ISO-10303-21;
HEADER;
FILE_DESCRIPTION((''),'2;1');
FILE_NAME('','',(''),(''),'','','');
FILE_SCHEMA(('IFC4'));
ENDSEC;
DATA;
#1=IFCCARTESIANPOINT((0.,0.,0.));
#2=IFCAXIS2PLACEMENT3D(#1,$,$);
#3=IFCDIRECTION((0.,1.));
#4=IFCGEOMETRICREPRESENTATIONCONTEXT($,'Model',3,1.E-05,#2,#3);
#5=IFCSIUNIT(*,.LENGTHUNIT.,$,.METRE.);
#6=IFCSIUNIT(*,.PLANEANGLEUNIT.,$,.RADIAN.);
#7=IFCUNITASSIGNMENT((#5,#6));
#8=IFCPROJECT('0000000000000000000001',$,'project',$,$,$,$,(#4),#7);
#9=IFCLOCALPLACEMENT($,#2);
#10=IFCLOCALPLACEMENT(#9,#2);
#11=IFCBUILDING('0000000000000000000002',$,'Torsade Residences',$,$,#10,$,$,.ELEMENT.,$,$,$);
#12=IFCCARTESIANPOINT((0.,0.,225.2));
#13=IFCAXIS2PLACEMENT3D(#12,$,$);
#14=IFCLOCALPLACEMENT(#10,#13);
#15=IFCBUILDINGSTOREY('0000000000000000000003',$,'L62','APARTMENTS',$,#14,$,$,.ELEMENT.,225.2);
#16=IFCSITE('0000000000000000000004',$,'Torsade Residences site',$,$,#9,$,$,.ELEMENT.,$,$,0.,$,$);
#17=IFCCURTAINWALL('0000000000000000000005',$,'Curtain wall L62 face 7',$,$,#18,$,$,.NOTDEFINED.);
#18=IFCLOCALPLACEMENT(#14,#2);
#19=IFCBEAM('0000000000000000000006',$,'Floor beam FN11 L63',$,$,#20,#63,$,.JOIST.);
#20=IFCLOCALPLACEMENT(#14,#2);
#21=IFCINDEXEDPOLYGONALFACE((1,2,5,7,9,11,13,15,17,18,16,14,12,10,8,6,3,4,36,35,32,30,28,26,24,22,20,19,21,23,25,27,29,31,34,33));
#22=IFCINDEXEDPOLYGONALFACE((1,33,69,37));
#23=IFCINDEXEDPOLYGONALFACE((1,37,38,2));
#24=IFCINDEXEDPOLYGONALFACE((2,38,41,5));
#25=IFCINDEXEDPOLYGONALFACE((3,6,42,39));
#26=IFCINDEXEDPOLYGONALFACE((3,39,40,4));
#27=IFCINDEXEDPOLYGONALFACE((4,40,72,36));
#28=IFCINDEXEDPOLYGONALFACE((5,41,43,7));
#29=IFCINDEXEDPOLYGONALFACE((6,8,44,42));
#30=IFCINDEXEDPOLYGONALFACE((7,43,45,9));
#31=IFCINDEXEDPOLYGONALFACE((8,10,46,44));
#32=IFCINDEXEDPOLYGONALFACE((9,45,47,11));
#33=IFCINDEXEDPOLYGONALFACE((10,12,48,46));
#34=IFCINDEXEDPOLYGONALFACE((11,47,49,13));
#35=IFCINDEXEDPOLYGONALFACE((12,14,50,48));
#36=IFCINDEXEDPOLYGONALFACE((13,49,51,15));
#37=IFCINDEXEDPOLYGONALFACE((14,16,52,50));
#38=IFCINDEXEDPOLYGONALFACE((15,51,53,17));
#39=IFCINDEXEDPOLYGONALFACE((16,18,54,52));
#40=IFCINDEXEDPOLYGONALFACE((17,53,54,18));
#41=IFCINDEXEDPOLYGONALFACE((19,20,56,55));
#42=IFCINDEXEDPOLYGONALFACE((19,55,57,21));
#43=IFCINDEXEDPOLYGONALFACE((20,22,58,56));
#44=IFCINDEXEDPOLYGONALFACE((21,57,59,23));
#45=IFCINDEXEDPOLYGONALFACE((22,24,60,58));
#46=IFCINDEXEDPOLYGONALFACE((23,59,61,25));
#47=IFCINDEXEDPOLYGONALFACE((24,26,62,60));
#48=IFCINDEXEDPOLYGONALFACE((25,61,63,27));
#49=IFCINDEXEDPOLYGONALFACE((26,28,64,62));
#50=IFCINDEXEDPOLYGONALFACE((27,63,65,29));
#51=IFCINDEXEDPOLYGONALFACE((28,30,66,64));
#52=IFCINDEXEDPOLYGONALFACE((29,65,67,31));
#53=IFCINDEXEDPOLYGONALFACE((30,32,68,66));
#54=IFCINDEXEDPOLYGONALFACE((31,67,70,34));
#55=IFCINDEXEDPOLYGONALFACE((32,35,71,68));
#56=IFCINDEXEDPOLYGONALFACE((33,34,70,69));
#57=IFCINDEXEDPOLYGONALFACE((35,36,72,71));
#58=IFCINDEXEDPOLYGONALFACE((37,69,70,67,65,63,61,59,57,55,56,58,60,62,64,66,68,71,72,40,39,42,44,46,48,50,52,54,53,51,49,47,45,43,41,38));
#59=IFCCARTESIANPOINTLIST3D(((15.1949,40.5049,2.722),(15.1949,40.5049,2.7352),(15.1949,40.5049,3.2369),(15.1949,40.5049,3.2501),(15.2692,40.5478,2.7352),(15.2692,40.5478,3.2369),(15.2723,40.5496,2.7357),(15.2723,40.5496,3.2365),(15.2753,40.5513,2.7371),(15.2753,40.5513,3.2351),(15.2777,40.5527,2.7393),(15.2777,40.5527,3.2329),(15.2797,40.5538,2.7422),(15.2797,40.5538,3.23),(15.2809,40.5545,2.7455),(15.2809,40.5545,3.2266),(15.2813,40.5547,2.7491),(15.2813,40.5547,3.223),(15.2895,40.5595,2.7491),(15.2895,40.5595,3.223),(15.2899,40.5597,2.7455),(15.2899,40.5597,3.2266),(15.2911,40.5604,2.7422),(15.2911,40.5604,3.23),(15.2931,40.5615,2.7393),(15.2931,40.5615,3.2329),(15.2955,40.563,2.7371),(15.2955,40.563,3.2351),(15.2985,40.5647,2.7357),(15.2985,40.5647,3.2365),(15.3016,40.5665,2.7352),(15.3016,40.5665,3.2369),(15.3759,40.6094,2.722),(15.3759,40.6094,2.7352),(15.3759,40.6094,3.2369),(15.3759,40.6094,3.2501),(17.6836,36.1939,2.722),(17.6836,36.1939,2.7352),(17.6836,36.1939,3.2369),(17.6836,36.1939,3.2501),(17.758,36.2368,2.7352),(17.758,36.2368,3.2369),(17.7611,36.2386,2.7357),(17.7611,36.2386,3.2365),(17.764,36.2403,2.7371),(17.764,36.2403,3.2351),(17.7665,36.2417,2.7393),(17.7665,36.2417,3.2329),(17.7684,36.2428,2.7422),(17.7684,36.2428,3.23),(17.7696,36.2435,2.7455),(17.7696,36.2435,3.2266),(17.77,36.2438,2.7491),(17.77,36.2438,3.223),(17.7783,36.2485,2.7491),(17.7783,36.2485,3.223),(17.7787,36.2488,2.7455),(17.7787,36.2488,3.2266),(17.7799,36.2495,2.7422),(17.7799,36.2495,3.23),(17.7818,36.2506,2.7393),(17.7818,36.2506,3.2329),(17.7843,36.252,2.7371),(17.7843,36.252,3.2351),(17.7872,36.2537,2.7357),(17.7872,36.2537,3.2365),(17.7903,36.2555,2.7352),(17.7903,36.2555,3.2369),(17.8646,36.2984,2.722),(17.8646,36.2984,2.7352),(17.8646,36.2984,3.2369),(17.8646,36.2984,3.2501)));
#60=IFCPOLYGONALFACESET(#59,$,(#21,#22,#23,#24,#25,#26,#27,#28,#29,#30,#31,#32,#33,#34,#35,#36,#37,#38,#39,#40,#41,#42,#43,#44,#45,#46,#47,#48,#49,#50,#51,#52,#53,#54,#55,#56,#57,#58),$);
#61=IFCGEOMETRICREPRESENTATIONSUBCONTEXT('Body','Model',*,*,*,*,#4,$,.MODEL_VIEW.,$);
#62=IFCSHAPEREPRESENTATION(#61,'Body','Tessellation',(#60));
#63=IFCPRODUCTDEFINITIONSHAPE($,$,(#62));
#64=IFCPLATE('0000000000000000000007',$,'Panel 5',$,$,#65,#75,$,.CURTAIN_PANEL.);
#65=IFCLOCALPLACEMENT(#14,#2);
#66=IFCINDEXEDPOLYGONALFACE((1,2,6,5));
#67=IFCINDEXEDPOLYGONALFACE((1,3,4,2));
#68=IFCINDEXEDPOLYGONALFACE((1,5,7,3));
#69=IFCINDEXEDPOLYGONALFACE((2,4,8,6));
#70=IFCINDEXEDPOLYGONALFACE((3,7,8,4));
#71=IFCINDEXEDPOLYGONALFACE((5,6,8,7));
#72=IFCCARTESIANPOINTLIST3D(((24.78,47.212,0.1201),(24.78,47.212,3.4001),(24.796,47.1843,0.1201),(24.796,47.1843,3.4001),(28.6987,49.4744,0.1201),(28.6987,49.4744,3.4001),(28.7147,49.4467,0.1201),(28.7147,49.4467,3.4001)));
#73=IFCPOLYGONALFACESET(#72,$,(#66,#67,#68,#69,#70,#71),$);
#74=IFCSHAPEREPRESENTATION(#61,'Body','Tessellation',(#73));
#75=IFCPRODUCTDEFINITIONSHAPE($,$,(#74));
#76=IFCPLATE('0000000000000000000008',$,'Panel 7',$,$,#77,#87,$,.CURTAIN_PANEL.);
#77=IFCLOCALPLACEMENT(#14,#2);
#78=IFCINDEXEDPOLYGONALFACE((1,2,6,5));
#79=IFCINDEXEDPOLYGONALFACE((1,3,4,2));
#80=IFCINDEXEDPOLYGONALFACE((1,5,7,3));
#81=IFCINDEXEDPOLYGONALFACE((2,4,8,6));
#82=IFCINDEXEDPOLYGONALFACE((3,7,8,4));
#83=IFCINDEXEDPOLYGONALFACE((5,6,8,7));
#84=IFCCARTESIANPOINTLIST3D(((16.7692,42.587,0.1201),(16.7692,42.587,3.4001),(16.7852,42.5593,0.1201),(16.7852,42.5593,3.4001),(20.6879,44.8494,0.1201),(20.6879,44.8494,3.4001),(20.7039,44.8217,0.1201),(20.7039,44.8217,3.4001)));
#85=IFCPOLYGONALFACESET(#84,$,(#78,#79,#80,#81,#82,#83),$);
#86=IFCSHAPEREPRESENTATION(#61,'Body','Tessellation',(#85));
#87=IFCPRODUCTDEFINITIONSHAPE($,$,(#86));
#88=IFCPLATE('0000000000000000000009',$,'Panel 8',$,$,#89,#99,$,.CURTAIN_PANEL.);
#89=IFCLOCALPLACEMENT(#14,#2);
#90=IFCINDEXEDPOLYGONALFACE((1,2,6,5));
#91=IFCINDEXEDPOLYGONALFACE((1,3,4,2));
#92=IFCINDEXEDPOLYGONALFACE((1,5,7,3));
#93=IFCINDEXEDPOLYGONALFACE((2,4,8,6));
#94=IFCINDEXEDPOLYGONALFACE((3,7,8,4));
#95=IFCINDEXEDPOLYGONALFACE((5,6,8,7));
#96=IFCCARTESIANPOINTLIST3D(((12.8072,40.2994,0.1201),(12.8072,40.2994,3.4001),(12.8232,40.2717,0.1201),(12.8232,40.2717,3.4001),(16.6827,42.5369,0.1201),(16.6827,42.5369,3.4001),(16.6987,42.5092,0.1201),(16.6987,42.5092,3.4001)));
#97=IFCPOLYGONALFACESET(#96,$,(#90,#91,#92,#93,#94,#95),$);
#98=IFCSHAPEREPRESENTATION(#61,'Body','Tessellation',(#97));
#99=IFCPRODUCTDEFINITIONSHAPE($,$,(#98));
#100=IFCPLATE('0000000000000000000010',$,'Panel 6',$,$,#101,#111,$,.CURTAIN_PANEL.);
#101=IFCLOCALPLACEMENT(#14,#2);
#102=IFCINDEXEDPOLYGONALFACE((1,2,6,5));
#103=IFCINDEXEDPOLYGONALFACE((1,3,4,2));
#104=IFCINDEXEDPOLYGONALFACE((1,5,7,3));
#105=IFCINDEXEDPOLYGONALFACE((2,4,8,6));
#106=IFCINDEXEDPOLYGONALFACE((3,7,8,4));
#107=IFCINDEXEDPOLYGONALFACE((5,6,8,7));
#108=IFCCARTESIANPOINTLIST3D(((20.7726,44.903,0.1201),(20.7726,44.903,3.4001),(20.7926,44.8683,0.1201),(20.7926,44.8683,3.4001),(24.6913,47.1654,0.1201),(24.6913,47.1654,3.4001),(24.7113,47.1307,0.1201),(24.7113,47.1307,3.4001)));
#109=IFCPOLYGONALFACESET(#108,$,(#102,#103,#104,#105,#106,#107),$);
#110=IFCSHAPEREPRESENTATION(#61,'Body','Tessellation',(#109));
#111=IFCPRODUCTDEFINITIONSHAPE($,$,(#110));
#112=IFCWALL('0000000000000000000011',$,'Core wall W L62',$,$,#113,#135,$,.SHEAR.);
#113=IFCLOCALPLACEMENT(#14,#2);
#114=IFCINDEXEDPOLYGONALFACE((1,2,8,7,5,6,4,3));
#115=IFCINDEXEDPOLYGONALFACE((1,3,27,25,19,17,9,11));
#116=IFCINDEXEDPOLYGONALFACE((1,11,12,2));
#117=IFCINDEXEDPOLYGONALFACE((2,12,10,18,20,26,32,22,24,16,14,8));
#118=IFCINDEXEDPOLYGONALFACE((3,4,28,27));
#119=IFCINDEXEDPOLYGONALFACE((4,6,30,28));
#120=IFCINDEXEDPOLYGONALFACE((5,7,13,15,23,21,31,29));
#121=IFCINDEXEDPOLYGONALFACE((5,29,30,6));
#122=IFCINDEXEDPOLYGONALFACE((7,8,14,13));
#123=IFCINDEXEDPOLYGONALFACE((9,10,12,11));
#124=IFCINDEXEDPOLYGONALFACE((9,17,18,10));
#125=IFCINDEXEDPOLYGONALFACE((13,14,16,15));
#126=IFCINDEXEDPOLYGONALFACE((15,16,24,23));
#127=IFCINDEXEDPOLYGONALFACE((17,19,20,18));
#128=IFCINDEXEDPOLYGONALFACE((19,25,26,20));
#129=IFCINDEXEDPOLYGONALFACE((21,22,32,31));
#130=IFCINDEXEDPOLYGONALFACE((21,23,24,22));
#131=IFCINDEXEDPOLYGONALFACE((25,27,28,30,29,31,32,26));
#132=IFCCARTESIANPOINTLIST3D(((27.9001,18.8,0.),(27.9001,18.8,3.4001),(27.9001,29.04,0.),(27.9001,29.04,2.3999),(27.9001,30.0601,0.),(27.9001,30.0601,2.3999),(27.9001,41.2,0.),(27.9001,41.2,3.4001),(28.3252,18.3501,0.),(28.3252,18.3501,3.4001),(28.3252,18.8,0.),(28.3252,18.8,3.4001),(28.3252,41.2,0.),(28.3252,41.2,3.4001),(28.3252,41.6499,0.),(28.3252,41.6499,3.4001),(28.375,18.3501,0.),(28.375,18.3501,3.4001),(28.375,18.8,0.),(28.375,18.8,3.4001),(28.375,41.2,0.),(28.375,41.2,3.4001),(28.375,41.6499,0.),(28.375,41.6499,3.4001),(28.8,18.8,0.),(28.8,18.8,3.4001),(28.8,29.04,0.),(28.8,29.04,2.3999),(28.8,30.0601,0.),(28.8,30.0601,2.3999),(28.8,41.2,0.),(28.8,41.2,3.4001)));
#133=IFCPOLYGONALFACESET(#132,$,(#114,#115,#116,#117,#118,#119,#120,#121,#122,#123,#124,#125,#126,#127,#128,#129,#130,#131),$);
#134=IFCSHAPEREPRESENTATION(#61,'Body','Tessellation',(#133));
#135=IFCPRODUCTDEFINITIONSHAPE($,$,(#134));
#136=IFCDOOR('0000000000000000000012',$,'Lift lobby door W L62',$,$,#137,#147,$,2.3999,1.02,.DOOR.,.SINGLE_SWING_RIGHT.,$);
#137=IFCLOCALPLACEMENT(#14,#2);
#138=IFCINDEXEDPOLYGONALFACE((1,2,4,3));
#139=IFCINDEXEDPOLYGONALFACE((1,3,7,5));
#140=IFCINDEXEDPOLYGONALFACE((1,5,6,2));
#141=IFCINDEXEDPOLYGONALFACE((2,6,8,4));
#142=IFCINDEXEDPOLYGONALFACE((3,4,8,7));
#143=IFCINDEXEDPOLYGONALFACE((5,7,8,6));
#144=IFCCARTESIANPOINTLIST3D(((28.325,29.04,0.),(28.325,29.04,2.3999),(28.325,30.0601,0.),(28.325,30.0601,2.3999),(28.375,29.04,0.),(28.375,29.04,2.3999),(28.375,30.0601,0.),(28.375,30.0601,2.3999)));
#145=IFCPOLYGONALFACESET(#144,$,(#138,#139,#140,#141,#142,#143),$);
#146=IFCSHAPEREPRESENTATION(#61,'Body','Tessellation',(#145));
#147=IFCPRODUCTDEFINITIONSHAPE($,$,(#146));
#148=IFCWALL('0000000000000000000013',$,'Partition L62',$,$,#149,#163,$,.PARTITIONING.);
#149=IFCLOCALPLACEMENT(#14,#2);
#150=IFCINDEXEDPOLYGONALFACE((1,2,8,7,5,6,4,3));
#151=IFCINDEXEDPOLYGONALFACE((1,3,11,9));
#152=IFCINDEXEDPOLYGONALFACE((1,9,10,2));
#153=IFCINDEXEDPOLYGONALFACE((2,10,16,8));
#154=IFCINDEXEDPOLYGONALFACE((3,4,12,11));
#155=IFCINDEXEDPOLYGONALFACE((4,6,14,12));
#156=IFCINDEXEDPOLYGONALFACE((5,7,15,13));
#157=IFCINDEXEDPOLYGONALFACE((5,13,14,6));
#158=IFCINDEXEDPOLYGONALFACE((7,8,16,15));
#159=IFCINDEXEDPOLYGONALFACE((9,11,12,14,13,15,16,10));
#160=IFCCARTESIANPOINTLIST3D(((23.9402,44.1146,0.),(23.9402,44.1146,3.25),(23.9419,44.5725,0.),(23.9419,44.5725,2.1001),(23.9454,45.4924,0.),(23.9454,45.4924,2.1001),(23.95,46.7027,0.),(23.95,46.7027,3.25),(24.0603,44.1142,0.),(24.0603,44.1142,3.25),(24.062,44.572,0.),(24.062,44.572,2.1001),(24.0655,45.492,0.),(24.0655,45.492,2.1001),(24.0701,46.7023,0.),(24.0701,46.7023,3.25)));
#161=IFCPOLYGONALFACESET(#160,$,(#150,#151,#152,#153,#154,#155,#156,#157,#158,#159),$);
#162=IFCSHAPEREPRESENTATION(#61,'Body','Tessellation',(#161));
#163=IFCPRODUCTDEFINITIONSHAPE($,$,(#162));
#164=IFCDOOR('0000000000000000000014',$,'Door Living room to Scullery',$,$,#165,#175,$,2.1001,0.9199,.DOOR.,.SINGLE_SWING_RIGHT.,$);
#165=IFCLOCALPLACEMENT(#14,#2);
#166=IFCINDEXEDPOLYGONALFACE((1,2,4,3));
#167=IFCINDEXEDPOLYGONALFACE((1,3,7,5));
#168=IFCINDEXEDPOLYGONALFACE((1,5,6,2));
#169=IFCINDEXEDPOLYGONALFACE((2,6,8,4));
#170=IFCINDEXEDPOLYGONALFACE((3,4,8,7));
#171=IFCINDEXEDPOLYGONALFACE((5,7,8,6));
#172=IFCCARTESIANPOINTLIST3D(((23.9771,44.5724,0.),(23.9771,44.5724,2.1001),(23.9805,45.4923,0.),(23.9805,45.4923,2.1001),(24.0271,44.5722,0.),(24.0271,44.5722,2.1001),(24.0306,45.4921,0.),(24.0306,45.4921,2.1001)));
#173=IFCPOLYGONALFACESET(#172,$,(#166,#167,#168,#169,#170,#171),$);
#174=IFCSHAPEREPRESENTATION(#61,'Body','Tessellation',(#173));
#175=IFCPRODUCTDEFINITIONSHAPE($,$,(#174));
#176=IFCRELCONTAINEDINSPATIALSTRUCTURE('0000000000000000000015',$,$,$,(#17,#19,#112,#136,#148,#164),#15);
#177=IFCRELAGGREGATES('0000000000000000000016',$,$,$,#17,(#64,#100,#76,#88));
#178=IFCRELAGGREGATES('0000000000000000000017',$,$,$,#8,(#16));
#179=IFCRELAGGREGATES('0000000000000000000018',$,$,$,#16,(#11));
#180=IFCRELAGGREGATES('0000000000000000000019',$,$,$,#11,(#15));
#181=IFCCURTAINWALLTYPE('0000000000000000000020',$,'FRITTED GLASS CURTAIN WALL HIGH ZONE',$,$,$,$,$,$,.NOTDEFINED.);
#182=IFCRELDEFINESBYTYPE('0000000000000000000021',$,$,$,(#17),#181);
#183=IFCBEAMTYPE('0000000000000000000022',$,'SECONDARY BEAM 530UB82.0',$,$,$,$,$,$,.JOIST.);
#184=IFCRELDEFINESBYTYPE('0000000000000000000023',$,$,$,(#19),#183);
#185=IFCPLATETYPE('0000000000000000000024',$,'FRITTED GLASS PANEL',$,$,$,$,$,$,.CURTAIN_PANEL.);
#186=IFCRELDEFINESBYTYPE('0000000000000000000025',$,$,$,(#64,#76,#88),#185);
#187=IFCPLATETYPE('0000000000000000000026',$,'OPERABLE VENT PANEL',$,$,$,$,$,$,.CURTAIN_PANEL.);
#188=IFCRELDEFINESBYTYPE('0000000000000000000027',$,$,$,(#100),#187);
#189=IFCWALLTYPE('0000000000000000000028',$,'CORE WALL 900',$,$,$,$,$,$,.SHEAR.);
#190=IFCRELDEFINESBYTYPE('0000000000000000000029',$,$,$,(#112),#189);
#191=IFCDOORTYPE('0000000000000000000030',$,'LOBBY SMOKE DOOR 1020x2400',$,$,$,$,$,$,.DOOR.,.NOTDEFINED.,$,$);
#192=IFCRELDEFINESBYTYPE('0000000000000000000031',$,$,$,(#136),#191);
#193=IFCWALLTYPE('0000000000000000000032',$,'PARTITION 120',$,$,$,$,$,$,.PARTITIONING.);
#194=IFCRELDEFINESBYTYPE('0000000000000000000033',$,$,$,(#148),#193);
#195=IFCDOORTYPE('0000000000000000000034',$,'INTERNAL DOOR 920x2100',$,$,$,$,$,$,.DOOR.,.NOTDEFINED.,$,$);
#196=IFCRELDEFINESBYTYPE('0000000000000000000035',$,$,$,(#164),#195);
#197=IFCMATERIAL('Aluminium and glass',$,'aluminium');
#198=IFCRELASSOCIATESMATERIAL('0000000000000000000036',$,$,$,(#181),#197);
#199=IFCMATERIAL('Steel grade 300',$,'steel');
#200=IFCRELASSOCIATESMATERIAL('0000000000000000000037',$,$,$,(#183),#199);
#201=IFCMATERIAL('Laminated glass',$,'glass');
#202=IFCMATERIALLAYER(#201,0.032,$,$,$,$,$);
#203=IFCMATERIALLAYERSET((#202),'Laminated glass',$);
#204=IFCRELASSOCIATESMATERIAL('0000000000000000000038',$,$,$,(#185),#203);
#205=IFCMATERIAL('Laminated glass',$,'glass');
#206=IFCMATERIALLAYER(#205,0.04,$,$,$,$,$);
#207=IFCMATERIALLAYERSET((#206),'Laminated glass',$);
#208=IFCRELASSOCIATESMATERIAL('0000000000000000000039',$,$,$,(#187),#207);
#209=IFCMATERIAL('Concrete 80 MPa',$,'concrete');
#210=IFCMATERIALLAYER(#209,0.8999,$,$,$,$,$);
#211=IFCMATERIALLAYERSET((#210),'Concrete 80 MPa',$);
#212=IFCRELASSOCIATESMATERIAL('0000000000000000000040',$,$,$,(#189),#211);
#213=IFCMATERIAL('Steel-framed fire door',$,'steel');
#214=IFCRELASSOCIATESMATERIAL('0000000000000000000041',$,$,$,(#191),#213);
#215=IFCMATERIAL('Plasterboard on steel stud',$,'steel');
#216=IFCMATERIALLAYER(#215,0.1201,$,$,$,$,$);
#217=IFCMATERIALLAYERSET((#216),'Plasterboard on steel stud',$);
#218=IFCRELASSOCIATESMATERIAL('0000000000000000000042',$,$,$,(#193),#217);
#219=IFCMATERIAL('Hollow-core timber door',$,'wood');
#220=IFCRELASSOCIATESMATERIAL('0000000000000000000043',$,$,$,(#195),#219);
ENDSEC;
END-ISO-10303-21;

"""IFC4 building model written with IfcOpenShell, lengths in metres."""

from ifc_helpers import new_model, si_unit, direction, frame, frame_2d, origin, origin_2d, place, context, subcontext, project, spatial, polyline, rectangle, i_section, outline, extrude, material, layer, layer_set, material_profile, profile_set, type_object, element, fill, aggregate, save


model = new_model("IFC4")

# Units and contexts
model_context = context("Model", 3, precision=1e-05, world=origin(), true_north=direction((0.0, 1.0)))
body_context = subcontext(model_context, "Body", "Model", "MODEL_VIEW")
ifc_project = project(units=[si_unit("LENGTHUNIT", "METRE"), si_unit("PLANEANGLEUNIT", "RADIAN")], contexts=[model_context])

# Site, building, storey
site_placement = place(None, origin())
site = spatial("IfcSite", under=ifc_project, at=site_placement, Name="Torsade Residences site", CompositionType="ELEMENT", RefElevation=0.0)
building_placement = place(site_placement, origin())
building = spatial("IfcBuilding", under=site, at=building_placement, Name="Torsade Residences", CompositionType="ELEMENT")
storey_placement = place(building_placement, frame((0.0, 0.0, 225.2)))
storey = spatial("IfcBuildingStorey", under=building, at=storey_placement, Name="L62", Description="APARTMENTS", CompositionType="ELEMENT", Elevation=225.2)

# Curtain wall
ifc_material_1 = material(Name="Aluminium and glass", Category="aluminium")
curtain_wall_type = type_object("IfcCurtainWallType", Name="FRITTED GLASS CURTAIN WALL HIGH ZONE", PredefinedType="NOTDEFINED", material=ifc_material_1)
curtain_wall_placement = place(storey_placement, origin())
curtain_wall = element("IfcCurtainWall", 1, at=curtain_wall_placement, inside=storey, type_object=curtain_wall_type, Name="Curtain wall L62 face 7", PredefinedType="NOTDEFINED")

# Beam
ifc_material_2 = material(Name="Steel grade 300", Category="steel")
ifc_material_profile_1 = material_profile(ifc_material_2, i_section(OverallWidth=0.209, OverallDepth=0.5281, WebThickness=0.0095, FlangeThickness=0.0132, FilletRadius=0.0139, at=origin_2d()), Name="530UB82.0")
ifc_profile_set_1 = profile_set([ifc_material_profile_1], Name="Steel grade 300")
beam_type_1 = type_object("IfcBeamType", Name="SECONDARY BEAM 530UB82.0", PredefinedType="JOIST", material=ifc_profile_set_1)
beam_1_placement = place(storey_placement, frame((15.2854, 40.5571, 2.9861), z_axis=(0.499969, -0.866043, 0.0), x_axis=(0.866043, 0.499969, 0.0)))
element("IfcBeam", 2, at=beam_1_placement, inside=storey, type_object=beam_type_1, Name="Floor beam FN11 L63", PredefinedType="JOIST", context=body_context, shape_type="SweptSolid", body=[
    extrude(i_section(OverallWidth=0.209, OverallDepth=0.5281, WebThickness=0.0095, FlangeThickness=0.0132, FilletRadius=0.0139, at=origin_2d()), origin(), (0.0, 0.0, 1.0), 4.9778),
])

# Plates
ifc_material_3 = material(Name="Laminated glass", Category="glass")
ifc_layer_1 = layer(ifc_material_3, 0.032)
ifc_layer_set_1 = layer_set([ifc_layer_1], Name="Laminated glass")
plate_type_1 = type_object("IfcPlateType", Name="FRITTED GLASS PANEL", PredefinedType="CURTAIN_PANEL", material=ifc_layer_set_1)
plate_1_placement = place(storey_placement, frame((26.7473, 48.3293, 0.1201), z_axis=(0.0, 0.0, 1.0), x_axis=(-0.866025, -0.5, 0.0)))
plate_1 = element("IfcPlate", 3, at=plate_1_placement, type_object=plate_type_1, Name="Panel 5", PredefinedType="CURTAIN_PANEL", context=body_context, shape_type="SweptSolid", body=[
    extrude(rectangle(XDim=4.5249, YDim=0.032, at=origin_2d()), origin(), (0.0, 0.0, 1.0), 3.28),
])
plate_2_placement = place(storey_placement, frame((18.7366, 43.7043, 0.1201), z_axis=(0.0, 0.0, 1.0), x_axis=(-0.866025, -0.5, 0.0)))
plate_2 = element("IfcPlate", 4, at=plate_2_placement, type_object=plate_type_1, Name="Panel 7", PredefinedType="CURTAIN_PANEL", context=body_context, shape_type="SweptSolid", body=[
    extrude(rectangle(XDim=4.5249, YDim=0.032, at=origin_2d()), origin(), (0.0, 0.0, 1.0), 3.28),
])
plate_3_placement = place(storey_placement, frame((14.7529, 41.4043, 0.1201), z_axis=(0.0, 0.0, 1.0), x_axis=(-0.866025, -0.5, 0.0)))
plate_3 = element("IfcPlate", 5, at=plate_3_placement, type_object=plate_type_1, Name="Panel 8", PredefinedType="CURTAIN_PANEL", context=body_context, shape_type="SweptSolid", body=[
    extrude(rectangle(XDim=4.4751, YDim=0.032, at=origin_2d()), origin(), (0.0, 0.0, 1.0), 3.28),
])
ifc_material_4 = material(Name="Laminated glass", Category="glass")
ifc_layer_2 = layer(ifc_material_4, 0.04)
ifc_layer_set_2 = layer_set([ifc_layer_2], Name="Laminated glass")
plate_type_2 = type_object("IfcPlateType", Name="OPERABLE VENT PANEL", PredefinedType="CURTAIN_PANEL", material=ifc_layer_set_2)
plate_4_placement = place(storey_placement, frame((22.7419, 46.0168, 0.1201), z_axis=(0.0, 0.0, 1.0), x_axis=(-0.866025, -0.5, 0.0)))
plate_4 = element("IfcPlate", 6, at=plate_4_placement, type_object=plate_type_2, Name="Panel 6", PredefinedType="CURTAIN_PANEL", context=body_context, shape_type="SweptSolid", body=[
    extrude(rectangle(XDim=4.5249, YDim=0.04, at=origin_2d()), origin(), (0.0, 0.0, 1.0), 3.28),
])
aggregate(curtain_wall, [plate_1, plate_4, plate_2, plate_3])

# Walls, openings, doors
ifc_material_5 = material(Name="Concrete 80 MPa", Category="concrete")
ifc_layer_3 = layer(ifc_material_5, 0.8999)
ifc_layer_set_3 = layer_set([ifc_layer_3], Name="Concrete 80 MPa")
wall_type_1 = type_object("IfcWallType", Name="CORE WALL 900", PredefinedType="SHEAR", material=ifc_layer_set_3)
wall_1_placement = place(storey_placement, frame((28.3501, 41.2, 0.0), z_axis=(0.0, 0.0, 1.0), x_axis=(0.0, -1.0, 0.0)))
wall_1 = element("IfcWall", 7, at=wall_1_placement, inside=storey, type_object=wall_type_1, Name="Core wall W L62", PredefinedType="SHEAR", context=body_context, shape_type="SweptSolid", body=[
    extrude(outline(polyline([(0.0, -0.45), (22.3999, -0.45), (22.3999, -0.0249), (22.8499, -0.0249), (22.8499, 0.0249), (22.3999, 0.0249), (22.3999, 0.45), (0.0, 0.45), (0.0, 0.0249), (-0.45, 0.0249), (-0.45, -0.0249), (0.0, -0.0249), (0.0, -0.45)])), origin(), (0.0, 0.0, 1.0), 3.4001),
])
opening_1_placement = place(wall_1_placement, frame((11.1399, 0.0, 0.0)))
opening_1 = element("IfcOpeningElement", 8, at=opening_1_placement, cuts=wall_1, PredefinedType="OPENING", context=body_context, shape_type="SweptSolid", body=[
    extrude(rectangle(XDim=1.02, YDim=2.3999, at=frame_2d((0.51, 1.2))), frame((0.0, 0.46, 0.0), z_axis=(0.0, -1.0, 0.0), x_axis=(1.0, 0.0, 0.0)), (0.0, 0.0, 1.0), 0.9199),
])
ifc_material_6 = material(Name="Steel-framed fire door", Category="steel")
door_type_1 = type_object("IfcDoorType", Name="LOBBY SMOKE DOOR 1020x2400", OperationType="NOTDEFINED", PredefinedType="DOOR", material=ifc_material_6)
door_1_placement = place(opening_1_placement, origin())
door_1 = element("IfcDoor", 9, at=door_1_placement, inside=storey, type_object=door_type_1, Name="Lift lobby door W L62", OperationType="SINGLE_SWING_RIGHT", OverallHeight=2.3999, OverallWidth=1.02, PredefinedType="DOOR", context=body_context, shape_type="SweptSolid", body=[
    extrude(rectangle(XDim=1.02, YDim=2.3999, at=frame_2d((0.51, 1.2))), frame((0.0, 0.0249, 0.0), z_axis=(0.0, -1.0, 0.0), x_axis=(1.0, 0.0, 0.0)), (0.0, 0.0, 1.0), 0.05),
])
fill(opening_1, door_1)
ifc_material_7 = material(Name="Plasterboard on steel stud", Category="steel")
ifc_layer_4 = layer(ifc_material_7, 0.1201)
ifc_layer_set_4 = layer_set([ifc_layer_4], Name="Plasterboard on steel stud")
wall_type_2 = type_object("IfcWallType", Name="PARTITION 120", PredefinedType="PARTITIONING", material=ifc_layer_set_4)
wall_2_placement = place(storey_placement, frame((24.0002, 44.1145, 0.0), z_axis=(0.0, 0.0, 1.0), x_axis=(0.003773, 0.999993, 0.0)))
wall_2 = element("IfcWall", 10, at=wall_2_placement, inside=storey, type_object=wall_type_2, Name="Partition L62", PredefinedType="PARTITIONING", context=body_context, shape_type="SweptSolid", body=[
    extrude(rectangle(XDim=2.5881, YDim=0.1201, at=frame_2d((1.2939, 0.0))), origin(), (0.0, 0.0, 1.0), 3.25),
])
opening_2_placement = place(wall_2_placement, frame((0.4578, 0.0, 0.0)))
opening_2 = element("IfcOpeningElement", 11, at=opening_2_placement, cuts=wall_2, PredefinedType="OPENING", context=body_context, shape_type="SweptSolid", body=[
    extrude(rectangle(XDim=0.9199, YDim=2.1001, at=frame_2d((0.46, 1.05))), frame((0.0, 0.0701, 0.0), z_axis=(0.0, -1.0, 0.0), x_axis=(1.0, 0.0, 0.0)), (0.0, 0.0, 1.0), 0.1401),
])
ifc_material_8 = material(Name="Hollow-core timber door", Category="wood")
door_type_2 = type_object("IfcDoorType", Name="INTERNAL DOOR 920x2100", OperationType="NOTDEFINED", PredefinedType="DOOR", material=ifc_material_8)
door_2_placement = place(opening_2_placement, origin())
door_2 = element("IfcDoor", 12, at=door_2_placement, inside=storey, type_object=door_type_2, Name="Door Living room to Scullery", OperationType="SINGLE_SWING_RIGHT", OverallHeight=2.1001, OverallWidth=0.9199, PredefinedType="DOOR", context=body_context, shape_type="SweptSolid", body=[
    extrude(rectangle(XDim=0.9199, YDim=2.1001, at=frame_2d((0.46, 1.05))), frame((0.0, 0.0249, 0.0), z_axis=(0.0, -1.0, 0.0), x_axis=(1.0, 0.0, 0.0)), (0.0, 0.0, 1.0), 0.05),
])
fill(opening_2, door_2)

save(model, "model.ifc")
